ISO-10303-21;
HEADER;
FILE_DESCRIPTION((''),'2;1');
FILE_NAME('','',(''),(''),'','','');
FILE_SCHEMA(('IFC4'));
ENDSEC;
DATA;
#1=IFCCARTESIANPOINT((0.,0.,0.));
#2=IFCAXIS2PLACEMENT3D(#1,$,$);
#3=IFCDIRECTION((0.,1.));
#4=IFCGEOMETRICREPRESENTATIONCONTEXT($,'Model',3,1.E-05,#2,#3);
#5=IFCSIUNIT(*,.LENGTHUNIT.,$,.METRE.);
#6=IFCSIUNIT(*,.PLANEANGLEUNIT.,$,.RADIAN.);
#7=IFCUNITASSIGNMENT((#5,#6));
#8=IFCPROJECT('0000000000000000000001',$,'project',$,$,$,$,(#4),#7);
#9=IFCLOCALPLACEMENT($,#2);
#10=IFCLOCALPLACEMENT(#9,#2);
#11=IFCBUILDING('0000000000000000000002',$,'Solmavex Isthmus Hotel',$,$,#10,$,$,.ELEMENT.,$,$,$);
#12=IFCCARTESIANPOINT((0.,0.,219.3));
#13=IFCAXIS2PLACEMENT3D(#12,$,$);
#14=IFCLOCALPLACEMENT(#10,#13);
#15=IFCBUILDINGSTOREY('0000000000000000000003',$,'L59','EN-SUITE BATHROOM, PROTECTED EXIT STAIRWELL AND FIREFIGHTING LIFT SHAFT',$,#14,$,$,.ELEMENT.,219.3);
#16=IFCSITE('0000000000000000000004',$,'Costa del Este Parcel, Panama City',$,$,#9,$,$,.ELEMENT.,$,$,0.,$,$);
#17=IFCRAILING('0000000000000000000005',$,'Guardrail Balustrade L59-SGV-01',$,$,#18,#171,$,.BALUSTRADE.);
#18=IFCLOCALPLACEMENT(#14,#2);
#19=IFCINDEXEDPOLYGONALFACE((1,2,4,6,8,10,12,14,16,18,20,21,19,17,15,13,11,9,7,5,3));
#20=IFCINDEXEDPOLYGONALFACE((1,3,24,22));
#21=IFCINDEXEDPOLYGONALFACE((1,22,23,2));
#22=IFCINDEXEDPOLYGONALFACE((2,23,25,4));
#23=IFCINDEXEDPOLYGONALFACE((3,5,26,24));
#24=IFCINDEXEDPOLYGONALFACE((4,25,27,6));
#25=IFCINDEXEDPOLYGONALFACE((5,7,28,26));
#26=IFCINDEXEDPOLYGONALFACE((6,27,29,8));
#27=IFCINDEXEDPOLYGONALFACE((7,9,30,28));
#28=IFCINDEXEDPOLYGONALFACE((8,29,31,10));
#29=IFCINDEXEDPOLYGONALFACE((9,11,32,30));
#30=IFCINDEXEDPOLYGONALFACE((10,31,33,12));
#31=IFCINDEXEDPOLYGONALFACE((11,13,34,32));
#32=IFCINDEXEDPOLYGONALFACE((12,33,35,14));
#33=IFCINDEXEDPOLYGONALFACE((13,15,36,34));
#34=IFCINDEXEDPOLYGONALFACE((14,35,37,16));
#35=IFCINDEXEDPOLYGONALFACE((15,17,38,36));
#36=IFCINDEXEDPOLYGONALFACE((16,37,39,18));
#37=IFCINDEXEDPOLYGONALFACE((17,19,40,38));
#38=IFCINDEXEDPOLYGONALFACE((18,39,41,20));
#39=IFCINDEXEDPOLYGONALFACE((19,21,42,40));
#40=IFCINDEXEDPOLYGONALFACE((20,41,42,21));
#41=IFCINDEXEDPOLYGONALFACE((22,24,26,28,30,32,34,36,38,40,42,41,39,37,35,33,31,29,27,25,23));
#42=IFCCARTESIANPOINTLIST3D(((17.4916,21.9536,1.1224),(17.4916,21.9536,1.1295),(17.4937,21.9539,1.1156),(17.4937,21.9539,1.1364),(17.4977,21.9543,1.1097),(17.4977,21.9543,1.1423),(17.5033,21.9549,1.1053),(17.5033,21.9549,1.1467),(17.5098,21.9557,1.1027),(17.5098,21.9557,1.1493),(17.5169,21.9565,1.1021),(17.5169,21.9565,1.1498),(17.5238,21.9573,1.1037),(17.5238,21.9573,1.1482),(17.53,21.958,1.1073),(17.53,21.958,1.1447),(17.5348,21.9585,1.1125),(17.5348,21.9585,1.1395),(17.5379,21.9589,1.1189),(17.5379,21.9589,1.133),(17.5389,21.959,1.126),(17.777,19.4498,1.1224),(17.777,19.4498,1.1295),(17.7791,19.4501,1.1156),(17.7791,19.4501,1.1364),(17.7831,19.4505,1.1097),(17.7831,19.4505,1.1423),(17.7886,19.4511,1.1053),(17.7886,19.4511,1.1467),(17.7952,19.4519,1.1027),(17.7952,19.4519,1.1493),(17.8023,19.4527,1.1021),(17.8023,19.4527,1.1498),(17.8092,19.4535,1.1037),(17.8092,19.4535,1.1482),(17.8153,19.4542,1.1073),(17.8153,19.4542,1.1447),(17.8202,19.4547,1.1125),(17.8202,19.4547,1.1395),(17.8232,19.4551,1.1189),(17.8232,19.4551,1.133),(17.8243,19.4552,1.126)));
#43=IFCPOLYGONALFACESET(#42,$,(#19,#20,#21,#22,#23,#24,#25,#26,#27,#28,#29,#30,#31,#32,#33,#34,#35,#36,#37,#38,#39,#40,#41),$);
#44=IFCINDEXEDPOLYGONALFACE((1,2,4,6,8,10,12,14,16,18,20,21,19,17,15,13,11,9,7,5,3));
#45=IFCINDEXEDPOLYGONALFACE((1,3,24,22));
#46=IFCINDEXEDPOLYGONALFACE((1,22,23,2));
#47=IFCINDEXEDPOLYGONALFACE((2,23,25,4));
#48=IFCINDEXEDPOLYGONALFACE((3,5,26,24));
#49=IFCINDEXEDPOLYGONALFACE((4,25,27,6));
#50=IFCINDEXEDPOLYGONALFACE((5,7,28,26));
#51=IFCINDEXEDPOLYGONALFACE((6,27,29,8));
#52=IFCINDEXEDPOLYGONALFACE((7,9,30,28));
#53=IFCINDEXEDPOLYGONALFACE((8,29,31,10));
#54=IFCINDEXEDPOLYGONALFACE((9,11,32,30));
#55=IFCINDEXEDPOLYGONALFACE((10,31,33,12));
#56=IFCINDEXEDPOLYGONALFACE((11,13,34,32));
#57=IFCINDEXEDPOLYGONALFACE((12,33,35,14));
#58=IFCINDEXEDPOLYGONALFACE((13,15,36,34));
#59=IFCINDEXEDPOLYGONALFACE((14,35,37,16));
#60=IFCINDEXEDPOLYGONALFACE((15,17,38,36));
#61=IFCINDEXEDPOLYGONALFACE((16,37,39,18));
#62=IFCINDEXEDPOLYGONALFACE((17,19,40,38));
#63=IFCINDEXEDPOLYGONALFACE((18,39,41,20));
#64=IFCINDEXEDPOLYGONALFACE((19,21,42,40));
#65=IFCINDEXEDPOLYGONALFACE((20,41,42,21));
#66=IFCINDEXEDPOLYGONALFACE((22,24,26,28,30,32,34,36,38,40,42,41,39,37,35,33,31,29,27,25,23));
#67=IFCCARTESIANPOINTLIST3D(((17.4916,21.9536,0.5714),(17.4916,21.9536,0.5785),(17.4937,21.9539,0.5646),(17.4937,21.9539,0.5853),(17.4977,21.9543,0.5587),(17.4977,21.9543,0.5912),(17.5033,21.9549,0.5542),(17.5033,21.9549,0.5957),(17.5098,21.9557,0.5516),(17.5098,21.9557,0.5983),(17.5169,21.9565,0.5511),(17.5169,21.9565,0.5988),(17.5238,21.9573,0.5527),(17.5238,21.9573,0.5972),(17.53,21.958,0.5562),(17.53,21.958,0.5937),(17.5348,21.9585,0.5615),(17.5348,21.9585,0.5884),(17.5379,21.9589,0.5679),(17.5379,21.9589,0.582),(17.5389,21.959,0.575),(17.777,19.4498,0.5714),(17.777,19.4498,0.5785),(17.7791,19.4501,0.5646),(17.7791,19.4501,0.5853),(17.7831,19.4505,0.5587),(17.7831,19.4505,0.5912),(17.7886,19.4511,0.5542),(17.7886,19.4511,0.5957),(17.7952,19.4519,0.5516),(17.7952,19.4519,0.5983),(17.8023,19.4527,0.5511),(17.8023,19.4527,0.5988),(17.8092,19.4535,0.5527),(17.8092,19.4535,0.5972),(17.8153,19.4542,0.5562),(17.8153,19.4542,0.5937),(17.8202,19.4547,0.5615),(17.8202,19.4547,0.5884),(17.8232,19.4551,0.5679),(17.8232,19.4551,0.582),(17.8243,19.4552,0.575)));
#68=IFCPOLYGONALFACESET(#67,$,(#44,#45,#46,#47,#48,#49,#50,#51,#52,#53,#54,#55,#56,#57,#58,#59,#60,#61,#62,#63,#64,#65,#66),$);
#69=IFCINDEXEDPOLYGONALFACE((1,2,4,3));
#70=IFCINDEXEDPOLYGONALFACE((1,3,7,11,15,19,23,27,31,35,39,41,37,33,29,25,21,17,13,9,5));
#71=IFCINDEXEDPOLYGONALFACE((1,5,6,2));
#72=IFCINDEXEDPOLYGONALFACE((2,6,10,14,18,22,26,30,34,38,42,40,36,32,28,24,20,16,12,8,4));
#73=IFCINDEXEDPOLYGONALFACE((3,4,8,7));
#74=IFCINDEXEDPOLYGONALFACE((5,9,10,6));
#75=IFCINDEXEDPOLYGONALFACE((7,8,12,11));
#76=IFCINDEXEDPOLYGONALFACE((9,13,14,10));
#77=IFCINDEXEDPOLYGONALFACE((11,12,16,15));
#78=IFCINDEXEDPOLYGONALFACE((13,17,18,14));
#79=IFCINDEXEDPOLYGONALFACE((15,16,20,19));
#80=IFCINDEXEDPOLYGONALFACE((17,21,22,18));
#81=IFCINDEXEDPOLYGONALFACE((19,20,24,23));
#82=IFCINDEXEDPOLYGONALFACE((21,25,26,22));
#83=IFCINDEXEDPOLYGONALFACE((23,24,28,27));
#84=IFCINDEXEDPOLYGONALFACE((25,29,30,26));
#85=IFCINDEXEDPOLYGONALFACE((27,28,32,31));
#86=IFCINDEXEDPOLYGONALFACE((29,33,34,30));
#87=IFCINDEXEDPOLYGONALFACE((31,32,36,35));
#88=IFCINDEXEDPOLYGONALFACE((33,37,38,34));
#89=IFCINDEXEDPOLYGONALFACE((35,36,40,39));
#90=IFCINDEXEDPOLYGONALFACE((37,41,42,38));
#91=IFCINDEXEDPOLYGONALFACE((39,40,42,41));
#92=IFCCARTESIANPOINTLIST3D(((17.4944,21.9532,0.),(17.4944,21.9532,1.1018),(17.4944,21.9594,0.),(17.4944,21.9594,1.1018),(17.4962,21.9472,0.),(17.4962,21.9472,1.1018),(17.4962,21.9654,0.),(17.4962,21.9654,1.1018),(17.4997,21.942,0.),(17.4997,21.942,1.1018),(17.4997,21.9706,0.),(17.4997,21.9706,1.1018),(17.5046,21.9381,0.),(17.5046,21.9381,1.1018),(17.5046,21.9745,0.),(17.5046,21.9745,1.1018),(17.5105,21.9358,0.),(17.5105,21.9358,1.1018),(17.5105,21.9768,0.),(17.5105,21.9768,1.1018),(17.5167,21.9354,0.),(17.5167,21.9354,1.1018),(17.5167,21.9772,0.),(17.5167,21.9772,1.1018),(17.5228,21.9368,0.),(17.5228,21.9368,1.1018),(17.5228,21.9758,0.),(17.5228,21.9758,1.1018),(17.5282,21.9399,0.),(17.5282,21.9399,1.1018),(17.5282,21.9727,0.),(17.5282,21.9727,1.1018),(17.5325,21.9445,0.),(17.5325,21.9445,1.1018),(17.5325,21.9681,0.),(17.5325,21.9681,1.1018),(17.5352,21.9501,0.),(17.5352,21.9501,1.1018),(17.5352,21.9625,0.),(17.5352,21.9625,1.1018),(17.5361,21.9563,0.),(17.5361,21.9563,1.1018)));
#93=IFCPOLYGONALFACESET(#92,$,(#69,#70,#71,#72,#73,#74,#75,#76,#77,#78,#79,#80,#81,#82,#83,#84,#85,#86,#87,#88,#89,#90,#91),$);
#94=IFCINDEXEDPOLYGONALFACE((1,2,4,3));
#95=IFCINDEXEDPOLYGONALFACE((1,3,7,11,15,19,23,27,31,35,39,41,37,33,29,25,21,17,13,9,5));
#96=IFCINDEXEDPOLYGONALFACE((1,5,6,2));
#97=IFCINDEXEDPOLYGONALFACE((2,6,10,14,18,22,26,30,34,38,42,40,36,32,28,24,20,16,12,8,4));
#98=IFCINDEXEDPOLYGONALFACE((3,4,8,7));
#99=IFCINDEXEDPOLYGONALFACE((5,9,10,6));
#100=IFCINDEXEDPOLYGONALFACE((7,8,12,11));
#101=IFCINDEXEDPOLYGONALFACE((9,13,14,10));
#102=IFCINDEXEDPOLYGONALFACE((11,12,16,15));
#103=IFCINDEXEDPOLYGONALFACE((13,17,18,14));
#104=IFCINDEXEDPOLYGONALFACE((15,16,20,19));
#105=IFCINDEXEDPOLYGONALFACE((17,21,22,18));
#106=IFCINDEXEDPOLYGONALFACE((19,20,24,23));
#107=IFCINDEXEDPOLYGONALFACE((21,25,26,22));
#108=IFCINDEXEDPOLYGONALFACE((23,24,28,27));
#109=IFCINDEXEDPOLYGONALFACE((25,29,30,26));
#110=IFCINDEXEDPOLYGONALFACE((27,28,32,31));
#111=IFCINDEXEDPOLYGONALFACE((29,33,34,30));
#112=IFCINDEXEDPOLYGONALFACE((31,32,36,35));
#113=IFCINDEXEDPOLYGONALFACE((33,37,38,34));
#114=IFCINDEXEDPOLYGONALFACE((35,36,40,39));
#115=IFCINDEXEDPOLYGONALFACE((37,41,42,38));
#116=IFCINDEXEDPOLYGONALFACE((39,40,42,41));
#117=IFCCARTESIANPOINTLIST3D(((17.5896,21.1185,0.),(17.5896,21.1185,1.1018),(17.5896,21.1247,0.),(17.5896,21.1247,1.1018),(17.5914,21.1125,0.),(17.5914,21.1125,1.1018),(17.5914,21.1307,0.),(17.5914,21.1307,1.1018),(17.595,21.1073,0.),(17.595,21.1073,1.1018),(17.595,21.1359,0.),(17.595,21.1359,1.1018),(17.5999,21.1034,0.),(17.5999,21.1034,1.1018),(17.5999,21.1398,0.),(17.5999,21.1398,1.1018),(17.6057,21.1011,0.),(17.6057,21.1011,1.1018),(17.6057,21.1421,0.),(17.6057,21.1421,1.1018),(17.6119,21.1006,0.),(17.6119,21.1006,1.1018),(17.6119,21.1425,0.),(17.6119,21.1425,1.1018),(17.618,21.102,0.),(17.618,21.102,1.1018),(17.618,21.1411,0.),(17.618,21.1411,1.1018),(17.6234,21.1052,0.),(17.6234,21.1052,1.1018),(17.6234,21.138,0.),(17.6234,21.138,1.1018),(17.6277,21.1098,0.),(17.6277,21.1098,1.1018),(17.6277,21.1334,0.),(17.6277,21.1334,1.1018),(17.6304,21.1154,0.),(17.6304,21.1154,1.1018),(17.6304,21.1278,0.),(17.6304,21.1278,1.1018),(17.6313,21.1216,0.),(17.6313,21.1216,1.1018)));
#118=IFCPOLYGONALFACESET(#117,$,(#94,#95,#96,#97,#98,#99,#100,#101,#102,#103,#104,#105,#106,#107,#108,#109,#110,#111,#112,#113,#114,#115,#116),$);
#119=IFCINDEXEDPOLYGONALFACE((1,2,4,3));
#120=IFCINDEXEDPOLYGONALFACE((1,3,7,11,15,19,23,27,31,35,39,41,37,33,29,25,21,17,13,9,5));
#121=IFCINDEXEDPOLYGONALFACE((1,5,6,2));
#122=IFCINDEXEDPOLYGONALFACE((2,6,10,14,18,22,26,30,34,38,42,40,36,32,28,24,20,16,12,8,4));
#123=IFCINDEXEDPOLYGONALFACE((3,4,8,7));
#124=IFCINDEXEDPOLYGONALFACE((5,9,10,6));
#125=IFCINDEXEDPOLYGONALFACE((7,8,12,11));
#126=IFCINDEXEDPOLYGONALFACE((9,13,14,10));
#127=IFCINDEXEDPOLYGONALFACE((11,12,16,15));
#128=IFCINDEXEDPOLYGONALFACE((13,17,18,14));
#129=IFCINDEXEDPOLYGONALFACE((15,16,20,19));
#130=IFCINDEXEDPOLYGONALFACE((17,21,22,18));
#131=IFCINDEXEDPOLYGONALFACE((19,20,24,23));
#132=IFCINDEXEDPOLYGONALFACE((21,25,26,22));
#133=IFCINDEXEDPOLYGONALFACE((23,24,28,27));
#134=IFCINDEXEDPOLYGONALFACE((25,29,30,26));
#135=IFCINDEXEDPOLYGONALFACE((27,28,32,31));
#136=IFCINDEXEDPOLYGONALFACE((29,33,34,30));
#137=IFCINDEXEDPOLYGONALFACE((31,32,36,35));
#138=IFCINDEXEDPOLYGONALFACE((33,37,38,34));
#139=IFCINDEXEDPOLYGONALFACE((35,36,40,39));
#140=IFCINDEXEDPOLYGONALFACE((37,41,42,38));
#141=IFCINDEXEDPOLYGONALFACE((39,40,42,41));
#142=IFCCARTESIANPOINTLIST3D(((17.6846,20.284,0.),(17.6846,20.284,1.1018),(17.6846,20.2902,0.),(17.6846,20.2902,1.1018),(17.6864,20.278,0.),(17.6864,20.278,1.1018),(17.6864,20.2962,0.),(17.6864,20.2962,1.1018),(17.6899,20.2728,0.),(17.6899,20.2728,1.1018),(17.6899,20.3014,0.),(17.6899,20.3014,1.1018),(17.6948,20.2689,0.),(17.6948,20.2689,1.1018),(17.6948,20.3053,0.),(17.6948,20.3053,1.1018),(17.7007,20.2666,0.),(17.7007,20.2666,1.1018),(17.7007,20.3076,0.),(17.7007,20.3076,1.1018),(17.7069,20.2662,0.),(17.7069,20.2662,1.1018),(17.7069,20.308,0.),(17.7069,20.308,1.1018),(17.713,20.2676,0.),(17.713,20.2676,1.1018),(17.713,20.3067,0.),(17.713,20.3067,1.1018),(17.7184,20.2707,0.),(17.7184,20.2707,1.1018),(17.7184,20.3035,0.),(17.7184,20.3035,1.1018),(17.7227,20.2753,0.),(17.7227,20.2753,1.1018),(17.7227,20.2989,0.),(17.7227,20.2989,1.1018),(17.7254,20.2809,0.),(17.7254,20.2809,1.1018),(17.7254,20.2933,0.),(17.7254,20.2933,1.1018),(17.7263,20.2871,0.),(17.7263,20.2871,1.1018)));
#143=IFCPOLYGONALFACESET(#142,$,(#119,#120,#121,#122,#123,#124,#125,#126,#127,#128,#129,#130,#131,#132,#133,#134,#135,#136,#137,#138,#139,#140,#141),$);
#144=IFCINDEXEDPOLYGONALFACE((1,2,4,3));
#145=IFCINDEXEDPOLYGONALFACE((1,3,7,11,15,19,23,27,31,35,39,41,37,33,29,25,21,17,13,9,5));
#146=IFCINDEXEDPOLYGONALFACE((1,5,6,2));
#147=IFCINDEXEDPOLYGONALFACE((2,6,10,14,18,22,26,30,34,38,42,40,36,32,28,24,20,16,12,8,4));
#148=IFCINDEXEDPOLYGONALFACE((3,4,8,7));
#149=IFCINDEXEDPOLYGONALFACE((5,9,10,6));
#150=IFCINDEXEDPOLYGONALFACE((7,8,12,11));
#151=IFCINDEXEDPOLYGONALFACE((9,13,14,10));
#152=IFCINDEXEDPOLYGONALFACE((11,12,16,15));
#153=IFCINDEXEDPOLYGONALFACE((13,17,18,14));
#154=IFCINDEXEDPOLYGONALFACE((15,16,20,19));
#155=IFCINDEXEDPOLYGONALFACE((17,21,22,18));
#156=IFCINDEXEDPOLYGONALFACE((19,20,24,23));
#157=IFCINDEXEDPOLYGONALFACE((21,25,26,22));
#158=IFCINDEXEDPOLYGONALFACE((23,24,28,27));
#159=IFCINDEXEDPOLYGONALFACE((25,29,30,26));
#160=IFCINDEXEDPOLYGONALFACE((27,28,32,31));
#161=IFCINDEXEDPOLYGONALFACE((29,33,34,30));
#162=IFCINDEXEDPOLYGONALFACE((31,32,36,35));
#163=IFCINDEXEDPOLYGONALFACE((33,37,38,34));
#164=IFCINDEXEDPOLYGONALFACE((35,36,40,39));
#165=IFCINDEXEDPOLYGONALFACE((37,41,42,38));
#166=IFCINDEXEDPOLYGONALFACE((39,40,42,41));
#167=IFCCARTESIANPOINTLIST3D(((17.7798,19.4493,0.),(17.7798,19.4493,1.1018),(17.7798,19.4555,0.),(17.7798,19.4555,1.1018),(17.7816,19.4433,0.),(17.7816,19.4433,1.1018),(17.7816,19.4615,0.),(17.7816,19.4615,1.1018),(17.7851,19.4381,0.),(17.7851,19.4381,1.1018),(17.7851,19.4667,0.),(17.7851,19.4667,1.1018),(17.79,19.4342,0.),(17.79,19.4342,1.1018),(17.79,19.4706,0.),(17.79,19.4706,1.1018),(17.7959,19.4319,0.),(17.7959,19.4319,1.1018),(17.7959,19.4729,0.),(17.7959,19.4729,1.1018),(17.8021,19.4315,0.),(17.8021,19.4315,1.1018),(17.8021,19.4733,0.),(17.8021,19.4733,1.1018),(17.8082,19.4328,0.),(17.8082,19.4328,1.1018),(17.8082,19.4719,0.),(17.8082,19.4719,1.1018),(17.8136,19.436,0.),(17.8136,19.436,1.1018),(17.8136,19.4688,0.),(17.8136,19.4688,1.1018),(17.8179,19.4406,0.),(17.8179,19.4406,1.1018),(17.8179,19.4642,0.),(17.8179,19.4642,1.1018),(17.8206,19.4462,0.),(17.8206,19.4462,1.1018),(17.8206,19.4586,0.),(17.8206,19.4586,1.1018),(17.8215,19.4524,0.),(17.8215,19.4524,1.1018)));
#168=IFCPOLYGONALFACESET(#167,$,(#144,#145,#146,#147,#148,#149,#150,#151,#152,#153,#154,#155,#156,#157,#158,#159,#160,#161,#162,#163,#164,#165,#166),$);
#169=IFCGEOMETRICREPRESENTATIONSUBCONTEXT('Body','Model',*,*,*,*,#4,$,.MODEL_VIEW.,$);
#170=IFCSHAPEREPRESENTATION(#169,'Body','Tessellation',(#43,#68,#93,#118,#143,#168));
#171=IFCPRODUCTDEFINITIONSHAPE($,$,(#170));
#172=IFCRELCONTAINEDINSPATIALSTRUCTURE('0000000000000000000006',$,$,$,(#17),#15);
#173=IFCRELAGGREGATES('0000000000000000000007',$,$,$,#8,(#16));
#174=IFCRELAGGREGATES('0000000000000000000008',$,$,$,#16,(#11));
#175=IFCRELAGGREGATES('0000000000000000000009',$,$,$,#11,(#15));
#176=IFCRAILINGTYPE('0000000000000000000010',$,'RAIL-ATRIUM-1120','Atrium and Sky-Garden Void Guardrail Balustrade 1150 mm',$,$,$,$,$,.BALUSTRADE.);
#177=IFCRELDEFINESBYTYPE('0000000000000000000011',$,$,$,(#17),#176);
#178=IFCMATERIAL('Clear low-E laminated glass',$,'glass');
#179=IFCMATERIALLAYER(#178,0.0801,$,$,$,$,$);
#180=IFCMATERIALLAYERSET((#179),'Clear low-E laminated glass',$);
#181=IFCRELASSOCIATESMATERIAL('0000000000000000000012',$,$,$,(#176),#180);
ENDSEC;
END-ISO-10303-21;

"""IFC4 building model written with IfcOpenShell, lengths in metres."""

from ifc_helpers import new_model, si_unit, direction, frame, origin, origin_2d, place, context, subcontext, project, spatial, circle, extrude, material, layer, layer_set, type_object, element, save


model = new_model("IFC4")

# Units and contexts
model_context = context("Model", 3, precision=1e-05, world=origin(), true_north=direction((0.0, 1.0)))
body_context = subcontext(model_context, "Body", "Model", "MODEL_VIEW")
ifc_project = project(units=[si_unit("LENGTHUNIT", "METRE"), si_unit("PLANEANGLEUNIT", "RADIAN")], contexts=[model_context])

# Site, building, storey
site_placement = place(None, origin())
site = spatial("IfcSite", under=ifc_project, at=site_placement, Name="Costa del Este Parcel, Panama City", CompositionType="ELEMENT", RefElevation=0.0)
building_placement = place(site_placement, origin())
building = spatial("IfcBuilding", under=site, at=building_placement, Name="Solmavex Isthmus Hotel", CompositionType="ELEMENT")
storey_placement = place(building_placement, frame((0.0, 0.0, 219.3)))
storey = spatial("IfcBuildingStorey", under=building, at=storey_placement, Name="L59", Description="EN-SUITE BATHROOM, PROTECTED EXIT STAIRWELL AND FIREFIGHTING LIFT SHAFT", CompositionType="ELEMENT", Elevation=219.3)

# Shared definitions
ifc_material_1 = material(Name="Clear low-E laminated glass", Category="glass")

# Railing
ifc_layer_1 = layer(ifc_material_1, 0.0801)
ifc_layer_set_1 = layer_set([ifc_layer_1], Name="Clear low-E laminated glass")
railing_type_1 = type_object("IfcRailingType", Name="RAIL-ATRIUM-1120", Description="Atrium and Sky-Garden Void Guardrail Balustrade 1150 mm", PredefinedType="BALUSTRADE", material=ifc_layer_set_1)
railing_1_placement = place(storey_placement, frame((17.5151, 21.9563, 0.0)))
element("IfcRailing", 1, at=railing_1_placement, inside=storey, type_object=railing_type_1, Name="Guardrail Balustrade L59-SGV-01", PredefinedType="BALUSTRADE", context=body_context, shape_type="SweptSolid", body=[
    extrude(circle(Radius=0.0239, at=origin_2d()), frame((0.0, 0.0, 1.126), z_axis=(0.113249, -0.993567, 0.0), x_axis=(0.993567, 0.113249, 0.0)), (0.0, 0.0, 1.0), 2.52),
    extrude(circle(Radius=0.0239, at=origin_2d()), frame((0.0, 0.0, 0.575), z_axis=(0.113249, -0.993567, 0.0), x_axis=(0.993567, 0.113249, 0.0)), (0.0, 0.0, 1.0), 2.52),
    extrude(circle(Radius=0.021, at=origin_2d()), origin(), (0.0, 0.0, 1.0), 1.1018),
    extrude(circle(Radius=0.021, at=origin_2d()), frame((0.0952, -0.8347, 0.0)), (0.0, 0.0, 1.0), 1.1018),
    extrude(circle(Radius=0.021, at=origin_2d()), frame((0.1902, -1.6692, 0.0)), (0.0, 0.0, 1.0), 1.1018),
    extrude(circle(Radius=0.021, at=origin_2d()), frame((0.2854, -2.5039, 0.0)), (0.0, 0.0, 1.0), 1.1018),
])

save(model, "model.ifc")
